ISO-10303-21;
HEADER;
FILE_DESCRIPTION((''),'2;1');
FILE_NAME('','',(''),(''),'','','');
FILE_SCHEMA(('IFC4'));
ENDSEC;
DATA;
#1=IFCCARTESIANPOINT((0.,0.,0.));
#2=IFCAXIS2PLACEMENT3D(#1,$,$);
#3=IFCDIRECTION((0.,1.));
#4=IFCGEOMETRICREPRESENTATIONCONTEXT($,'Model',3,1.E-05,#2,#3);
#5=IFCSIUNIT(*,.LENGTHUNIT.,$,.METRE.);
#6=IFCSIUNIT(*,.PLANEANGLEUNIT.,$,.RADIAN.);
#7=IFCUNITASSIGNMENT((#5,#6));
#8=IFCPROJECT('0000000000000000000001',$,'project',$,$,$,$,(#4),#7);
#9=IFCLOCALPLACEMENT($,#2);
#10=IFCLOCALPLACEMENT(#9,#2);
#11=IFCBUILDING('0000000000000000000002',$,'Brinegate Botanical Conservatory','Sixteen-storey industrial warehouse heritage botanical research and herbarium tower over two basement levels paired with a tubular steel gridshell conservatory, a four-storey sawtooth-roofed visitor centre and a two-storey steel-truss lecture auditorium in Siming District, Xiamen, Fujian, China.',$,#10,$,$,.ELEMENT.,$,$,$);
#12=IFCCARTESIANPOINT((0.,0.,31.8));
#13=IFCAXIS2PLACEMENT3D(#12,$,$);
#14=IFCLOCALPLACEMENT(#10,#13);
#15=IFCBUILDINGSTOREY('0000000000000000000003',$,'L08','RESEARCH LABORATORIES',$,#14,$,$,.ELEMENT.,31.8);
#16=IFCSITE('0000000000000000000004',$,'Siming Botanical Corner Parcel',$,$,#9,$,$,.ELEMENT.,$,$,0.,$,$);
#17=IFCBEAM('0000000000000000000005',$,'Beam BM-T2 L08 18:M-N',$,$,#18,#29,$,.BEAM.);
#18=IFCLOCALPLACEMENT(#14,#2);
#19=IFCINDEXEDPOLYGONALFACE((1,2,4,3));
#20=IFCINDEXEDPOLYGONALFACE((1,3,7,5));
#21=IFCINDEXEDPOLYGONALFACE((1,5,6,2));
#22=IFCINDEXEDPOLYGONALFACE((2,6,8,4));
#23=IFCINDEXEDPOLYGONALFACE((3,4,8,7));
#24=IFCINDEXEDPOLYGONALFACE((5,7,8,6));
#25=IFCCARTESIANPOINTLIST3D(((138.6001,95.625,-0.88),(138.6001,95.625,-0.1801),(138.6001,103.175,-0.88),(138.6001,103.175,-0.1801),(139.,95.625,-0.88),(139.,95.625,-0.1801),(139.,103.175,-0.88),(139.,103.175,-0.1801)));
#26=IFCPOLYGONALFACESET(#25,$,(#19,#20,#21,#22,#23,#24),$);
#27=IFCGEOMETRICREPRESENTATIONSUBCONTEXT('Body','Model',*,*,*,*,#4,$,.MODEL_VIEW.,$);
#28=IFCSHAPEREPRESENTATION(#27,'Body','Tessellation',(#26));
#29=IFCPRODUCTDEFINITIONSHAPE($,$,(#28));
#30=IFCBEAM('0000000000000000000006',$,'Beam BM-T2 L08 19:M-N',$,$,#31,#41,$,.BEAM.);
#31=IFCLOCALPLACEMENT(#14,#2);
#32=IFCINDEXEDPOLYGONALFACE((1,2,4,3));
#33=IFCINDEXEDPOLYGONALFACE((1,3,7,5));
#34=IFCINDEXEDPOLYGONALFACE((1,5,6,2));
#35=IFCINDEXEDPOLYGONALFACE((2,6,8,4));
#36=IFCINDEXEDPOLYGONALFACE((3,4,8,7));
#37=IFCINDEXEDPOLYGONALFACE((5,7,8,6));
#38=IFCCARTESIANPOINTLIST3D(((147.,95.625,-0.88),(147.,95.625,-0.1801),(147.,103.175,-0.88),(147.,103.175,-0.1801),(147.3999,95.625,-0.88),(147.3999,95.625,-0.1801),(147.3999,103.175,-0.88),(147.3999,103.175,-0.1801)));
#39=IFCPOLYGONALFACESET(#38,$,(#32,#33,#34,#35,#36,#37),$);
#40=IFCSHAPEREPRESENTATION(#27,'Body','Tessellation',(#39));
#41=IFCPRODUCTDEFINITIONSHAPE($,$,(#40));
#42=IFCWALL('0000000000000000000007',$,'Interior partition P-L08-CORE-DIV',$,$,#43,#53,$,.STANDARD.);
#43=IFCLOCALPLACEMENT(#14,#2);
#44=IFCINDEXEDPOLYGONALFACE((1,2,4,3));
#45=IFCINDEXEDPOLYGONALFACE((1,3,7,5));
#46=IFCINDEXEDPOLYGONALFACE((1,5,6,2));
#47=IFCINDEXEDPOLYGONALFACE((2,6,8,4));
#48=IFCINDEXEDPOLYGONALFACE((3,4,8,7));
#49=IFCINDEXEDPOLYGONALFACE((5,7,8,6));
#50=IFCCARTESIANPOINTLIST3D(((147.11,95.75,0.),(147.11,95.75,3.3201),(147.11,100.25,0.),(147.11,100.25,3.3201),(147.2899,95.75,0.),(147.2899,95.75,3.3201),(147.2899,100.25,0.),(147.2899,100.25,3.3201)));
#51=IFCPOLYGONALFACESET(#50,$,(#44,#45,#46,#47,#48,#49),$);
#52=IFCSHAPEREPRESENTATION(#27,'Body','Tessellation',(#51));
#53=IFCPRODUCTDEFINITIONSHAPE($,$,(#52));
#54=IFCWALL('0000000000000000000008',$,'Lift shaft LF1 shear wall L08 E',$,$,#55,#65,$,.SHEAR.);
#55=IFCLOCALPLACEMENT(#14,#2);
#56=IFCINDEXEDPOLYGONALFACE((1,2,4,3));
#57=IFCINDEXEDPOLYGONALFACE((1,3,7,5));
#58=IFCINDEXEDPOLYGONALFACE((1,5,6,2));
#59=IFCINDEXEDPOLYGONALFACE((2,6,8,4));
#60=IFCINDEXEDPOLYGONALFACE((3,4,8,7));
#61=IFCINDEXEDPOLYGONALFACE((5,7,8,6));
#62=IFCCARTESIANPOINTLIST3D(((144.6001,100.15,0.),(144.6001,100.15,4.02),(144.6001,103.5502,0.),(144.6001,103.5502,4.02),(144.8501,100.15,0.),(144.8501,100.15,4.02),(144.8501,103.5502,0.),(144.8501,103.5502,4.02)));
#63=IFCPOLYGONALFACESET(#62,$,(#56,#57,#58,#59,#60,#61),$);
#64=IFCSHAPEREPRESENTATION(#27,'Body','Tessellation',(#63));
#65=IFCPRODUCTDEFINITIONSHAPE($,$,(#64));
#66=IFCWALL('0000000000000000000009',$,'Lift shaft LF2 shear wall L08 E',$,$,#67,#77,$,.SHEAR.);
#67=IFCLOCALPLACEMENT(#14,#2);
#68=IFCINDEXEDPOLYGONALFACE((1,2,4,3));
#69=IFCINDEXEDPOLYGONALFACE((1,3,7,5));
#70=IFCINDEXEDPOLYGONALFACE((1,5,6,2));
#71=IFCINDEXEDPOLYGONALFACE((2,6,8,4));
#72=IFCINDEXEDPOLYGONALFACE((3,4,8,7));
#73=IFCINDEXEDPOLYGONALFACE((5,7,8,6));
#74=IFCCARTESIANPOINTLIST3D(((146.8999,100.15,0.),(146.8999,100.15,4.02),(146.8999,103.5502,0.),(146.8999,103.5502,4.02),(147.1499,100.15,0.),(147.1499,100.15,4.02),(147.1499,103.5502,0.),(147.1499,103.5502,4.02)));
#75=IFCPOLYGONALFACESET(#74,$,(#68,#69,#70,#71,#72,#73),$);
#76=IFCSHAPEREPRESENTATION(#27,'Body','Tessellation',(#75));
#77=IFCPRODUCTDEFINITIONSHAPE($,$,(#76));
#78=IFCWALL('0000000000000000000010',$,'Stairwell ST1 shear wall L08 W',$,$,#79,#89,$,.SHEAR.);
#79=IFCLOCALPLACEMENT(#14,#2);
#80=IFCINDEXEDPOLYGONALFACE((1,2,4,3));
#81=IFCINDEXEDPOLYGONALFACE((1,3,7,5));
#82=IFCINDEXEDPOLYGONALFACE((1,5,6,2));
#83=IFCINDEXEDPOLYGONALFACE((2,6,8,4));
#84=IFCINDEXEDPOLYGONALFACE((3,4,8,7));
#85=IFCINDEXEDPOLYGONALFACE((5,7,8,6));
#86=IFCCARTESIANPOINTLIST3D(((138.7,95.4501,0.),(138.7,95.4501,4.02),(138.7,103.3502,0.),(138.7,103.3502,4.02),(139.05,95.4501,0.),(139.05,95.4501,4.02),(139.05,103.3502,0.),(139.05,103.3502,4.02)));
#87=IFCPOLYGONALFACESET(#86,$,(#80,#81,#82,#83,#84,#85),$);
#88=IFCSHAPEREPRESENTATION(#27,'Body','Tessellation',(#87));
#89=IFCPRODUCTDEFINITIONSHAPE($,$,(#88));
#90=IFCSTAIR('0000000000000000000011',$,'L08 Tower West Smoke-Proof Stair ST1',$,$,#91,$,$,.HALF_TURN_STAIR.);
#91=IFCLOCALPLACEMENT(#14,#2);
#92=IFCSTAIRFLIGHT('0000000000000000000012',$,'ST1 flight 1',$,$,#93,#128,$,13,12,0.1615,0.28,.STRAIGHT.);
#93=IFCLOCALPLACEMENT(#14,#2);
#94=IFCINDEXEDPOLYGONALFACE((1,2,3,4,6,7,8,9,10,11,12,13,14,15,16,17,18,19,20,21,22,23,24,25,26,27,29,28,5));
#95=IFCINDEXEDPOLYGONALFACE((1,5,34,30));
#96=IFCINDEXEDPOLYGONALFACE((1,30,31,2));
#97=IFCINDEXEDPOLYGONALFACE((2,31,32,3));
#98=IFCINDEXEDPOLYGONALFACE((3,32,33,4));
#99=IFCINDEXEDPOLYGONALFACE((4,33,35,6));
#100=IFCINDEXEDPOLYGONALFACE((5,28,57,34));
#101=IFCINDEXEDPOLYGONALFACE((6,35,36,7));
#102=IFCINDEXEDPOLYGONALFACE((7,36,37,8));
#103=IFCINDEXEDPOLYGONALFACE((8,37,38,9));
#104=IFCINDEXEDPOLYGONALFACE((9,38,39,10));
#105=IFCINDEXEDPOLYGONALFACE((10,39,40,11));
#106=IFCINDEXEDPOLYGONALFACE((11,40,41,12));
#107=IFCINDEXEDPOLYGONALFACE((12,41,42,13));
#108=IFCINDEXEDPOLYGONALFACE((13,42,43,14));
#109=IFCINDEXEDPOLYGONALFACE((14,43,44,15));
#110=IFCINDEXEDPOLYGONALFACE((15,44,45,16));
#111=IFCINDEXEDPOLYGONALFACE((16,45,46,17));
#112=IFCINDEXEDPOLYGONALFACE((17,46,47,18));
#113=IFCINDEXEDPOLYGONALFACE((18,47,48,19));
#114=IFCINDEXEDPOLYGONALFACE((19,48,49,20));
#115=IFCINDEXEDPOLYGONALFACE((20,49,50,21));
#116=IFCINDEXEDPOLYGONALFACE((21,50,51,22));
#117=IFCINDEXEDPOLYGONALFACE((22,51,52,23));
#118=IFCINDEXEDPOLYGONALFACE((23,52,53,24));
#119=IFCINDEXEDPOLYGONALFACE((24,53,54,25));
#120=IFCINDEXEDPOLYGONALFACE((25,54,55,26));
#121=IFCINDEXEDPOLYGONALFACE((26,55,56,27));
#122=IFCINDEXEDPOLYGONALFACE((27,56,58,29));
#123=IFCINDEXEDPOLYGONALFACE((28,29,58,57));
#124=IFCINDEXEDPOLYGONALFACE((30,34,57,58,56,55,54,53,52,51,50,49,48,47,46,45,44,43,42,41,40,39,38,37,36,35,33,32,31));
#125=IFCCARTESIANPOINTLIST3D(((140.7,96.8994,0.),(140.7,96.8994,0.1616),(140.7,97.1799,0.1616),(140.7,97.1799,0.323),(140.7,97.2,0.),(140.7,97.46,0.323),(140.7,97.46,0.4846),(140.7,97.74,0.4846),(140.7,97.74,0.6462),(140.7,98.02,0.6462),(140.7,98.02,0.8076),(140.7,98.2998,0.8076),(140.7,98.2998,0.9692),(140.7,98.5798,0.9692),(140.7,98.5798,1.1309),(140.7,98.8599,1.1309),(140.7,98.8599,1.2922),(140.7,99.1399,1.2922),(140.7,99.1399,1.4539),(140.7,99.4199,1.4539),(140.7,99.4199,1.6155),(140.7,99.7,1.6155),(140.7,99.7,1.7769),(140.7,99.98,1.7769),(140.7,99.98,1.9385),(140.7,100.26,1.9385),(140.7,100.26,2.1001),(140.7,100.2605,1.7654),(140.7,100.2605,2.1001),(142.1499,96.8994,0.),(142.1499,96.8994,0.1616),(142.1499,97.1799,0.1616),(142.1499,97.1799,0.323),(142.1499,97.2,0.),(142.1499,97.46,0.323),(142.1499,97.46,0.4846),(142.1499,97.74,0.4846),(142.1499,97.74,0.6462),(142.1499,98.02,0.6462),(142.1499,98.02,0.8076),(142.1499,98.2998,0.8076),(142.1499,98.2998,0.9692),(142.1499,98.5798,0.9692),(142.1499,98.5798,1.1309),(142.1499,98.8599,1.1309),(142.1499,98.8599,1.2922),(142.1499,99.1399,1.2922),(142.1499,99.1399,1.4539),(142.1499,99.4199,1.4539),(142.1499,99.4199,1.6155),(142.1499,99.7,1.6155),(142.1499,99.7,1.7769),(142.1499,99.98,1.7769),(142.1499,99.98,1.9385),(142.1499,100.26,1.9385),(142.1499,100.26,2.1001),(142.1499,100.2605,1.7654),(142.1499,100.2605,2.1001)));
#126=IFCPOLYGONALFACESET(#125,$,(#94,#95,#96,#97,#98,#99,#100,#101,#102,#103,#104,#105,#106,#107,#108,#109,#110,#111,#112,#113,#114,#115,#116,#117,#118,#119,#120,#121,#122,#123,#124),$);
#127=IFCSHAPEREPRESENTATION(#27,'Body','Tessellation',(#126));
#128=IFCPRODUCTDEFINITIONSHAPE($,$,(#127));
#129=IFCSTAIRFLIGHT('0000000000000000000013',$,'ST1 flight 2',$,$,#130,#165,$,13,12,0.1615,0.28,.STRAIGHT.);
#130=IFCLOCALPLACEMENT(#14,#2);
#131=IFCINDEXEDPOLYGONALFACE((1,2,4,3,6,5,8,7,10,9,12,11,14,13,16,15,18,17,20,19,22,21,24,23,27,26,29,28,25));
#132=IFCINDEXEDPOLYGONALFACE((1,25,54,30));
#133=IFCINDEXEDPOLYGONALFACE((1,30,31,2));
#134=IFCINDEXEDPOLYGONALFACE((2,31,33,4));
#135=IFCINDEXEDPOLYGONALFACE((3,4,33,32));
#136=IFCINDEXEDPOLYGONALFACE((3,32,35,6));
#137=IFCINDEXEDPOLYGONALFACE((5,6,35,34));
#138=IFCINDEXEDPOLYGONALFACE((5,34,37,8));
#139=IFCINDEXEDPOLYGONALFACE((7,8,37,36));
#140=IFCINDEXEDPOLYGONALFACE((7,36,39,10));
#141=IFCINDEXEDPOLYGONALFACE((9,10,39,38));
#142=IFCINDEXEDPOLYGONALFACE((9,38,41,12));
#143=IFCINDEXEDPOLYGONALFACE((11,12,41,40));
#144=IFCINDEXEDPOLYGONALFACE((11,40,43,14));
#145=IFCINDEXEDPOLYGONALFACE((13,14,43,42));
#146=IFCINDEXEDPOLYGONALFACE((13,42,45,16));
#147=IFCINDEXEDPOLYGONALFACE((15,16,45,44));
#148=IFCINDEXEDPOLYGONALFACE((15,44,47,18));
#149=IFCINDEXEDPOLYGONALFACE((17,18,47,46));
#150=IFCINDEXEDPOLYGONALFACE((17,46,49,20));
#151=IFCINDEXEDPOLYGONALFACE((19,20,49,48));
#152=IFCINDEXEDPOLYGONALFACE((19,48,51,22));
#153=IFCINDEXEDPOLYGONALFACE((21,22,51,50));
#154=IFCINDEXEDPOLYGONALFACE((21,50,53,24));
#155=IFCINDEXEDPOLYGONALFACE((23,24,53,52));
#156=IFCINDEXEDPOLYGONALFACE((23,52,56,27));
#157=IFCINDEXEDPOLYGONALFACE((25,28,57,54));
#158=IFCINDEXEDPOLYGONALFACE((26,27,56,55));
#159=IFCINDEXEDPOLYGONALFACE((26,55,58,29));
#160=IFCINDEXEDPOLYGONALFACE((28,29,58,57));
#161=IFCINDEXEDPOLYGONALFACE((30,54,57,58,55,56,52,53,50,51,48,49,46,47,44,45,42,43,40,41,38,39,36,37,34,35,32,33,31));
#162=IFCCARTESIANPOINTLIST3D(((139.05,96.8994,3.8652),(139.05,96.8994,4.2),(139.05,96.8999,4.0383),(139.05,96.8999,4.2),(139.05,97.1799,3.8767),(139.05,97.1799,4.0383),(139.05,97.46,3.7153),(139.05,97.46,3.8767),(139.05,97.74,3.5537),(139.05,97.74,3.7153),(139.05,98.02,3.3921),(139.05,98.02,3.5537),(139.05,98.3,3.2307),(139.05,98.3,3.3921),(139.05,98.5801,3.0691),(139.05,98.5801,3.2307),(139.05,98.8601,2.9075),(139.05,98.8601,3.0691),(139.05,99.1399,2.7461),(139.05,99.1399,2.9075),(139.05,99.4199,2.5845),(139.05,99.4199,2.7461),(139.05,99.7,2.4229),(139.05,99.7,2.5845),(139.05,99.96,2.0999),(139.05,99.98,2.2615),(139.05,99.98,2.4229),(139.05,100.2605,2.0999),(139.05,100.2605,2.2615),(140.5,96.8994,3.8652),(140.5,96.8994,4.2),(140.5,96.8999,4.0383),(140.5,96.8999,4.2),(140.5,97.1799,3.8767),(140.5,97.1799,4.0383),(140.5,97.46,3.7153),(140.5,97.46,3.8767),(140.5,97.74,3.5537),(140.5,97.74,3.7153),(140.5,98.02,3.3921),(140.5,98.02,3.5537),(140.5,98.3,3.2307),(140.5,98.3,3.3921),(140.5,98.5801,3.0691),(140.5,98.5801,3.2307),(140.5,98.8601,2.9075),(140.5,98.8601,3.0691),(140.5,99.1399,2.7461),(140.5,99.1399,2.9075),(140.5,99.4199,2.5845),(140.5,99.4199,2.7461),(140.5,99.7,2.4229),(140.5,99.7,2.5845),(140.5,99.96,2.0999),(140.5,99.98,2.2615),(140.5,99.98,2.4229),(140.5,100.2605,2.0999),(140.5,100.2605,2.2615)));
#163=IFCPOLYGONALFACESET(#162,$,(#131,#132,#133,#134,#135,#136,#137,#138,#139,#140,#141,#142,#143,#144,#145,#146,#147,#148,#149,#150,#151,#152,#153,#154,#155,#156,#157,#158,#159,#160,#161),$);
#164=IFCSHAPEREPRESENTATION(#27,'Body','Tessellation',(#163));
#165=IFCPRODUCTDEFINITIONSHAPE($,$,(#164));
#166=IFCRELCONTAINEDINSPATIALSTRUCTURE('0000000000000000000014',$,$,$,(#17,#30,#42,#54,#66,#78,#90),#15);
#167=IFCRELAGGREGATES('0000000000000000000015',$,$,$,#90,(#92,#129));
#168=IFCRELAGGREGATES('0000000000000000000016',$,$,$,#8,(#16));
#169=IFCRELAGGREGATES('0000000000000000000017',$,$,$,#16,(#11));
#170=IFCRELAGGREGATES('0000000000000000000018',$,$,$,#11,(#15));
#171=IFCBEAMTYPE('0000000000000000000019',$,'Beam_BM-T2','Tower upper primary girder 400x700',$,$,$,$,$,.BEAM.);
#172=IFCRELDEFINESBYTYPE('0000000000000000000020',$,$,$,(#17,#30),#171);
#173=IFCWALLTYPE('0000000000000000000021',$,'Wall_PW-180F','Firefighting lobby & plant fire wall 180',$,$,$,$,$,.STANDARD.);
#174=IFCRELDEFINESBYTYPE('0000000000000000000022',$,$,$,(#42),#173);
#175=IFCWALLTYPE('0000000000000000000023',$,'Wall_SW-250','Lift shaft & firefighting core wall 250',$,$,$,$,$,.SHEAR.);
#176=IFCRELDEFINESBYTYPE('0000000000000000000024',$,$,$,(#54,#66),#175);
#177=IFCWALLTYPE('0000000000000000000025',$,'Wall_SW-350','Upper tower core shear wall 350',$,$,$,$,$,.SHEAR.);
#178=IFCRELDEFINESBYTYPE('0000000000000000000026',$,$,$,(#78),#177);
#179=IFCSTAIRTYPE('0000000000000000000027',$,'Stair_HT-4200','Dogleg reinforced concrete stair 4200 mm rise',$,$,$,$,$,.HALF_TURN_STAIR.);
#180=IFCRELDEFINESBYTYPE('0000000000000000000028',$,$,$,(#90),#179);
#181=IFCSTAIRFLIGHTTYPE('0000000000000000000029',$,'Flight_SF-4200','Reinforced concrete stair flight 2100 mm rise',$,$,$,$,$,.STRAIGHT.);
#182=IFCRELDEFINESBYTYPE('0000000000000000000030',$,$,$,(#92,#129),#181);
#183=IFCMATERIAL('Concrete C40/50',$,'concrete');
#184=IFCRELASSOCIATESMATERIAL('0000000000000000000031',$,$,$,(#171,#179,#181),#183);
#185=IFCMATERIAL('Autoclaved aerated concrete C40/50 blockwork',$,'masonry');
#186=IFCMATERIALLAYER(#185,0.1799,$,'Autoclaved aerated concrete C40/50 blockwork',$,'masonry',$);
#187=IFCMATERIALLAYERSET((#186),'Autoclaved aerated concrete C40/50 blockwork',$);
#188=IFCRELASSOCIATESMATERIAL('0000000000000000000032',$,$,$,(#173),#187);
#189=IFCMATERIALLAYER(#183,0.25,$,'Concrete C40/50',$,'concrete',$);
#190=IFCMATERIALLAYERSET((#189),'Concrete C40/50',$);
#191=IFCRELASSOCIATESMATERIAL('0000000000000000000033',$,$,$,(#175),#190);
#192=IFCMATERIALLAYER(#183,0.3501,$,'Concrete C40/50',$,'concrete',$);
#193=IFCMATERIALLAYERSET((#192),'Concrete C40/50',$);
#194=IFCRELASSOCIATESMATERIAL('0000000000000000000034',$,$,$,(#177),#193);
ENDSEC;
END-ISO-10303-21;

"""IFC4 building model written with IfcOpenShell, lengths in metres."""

from ifc_helpers import new_model, si_unit, direction, frame, frame_2d, origin, origin_2d, place, context, subcontext, project, spatial, polyline, rectangle, outline, extrude, material, layer, layer_set, material_profile, profile_set, type_object, element, aggregate, save


model = new_model("IFC4")

# Units and contexts
model_context = context("Model", 3, precision=1e-05, world=origin(), true_north=direction((0.0, 1.0)))
body_context = subcontext(model_context, "Body", "Model", "MODEL_VIEW")
ifc_project = project(units=[si_unit("LENGTHUNIT", "METRE"), si_unit("PLANEANGLEUNIT", "RADIAN")], contexts=[model_context])

# Site, building, storey
site_placement = place(None, origin())
site = spatial("IfcSite", under=ifc_project, at=site_placement, Name="Siming Botanical Corner Parcel", CompositionType="ELEMENT", RefElevation=0.0)
building_placement = place(site_placement, origin())
building = spatial("IfcBuilding", under=site, at=building_placement, Name="Brinegate Botanical Conservatory", Description="Sixteen-storey industrial warehouse heritage botanical research and herbarium tower over two basement levels paired with a tubular steel gridshell conservatory, a four-storey sawtooth-roofed visitor centre and a two-storey steel-truss lecture auditorium in Siming District, Xiamen, Fujian, China.", CompositionType="ELEMENT")
storey_placement = place(building_placement, frame((0.0, 0.0, 31.8)))
storey = spatial("IfcBuildingStorey", under=building, at=storey_placement, Name="L08", Description="RESEARCH LABORATORIES", CompositionType="ELEMENT", Elevation=31.8)

# Beams
ifc_material_1 = material(Name="Concrete C40/50", Category="concrete")
ifc_material_profile = material_profile(ifc_material_1, rectangle(XDim=0.3999, YDim=0.7, at=origin_2d()), Name="RC BM 400x700")
ifc_profile_set = profile_set([ifc_material_profile], Name="Concrete C40/50")
beam_type = type_object("IfcBeamType", Name="Beam_BM-T2", Description="Tower upper primary girder 400x700", PredefinedType="BEAM", material=ifc_profile_set)
for number, where, z_axis, x_axis, name in (
    (1, (138.8, 95.625, -0.53), (0.0, 1.0, 0.0), (-1.0, 0.0, 0.0), "Beam BM-T2 L08 18:M-N"),
    (2, (147.2, 95.625, -0.53), (0.0, 1.0, 0.0), (-1.0, 0.0, 0.0), "Beam BM-T2 L08 19:M-N"),
):
    element("IfcBeam", number, at=place(storey_placement, frame(where, z_axis=z_axis, x_axis=x_axis)), inside=storey, type_object=beam_type, Name=name, PredefinedType="BEAM", context=body_context, shape_type="SweptSolid", body=[
        extrude(rectangle(XDim=0.3999, YDim=0.7, at=origin_2d()), origin(), (0.0, 0.0, 1.0), 7.55),
    ])

# Wall
ifc_material_2 = material(Name="Autoclaved aerated concrete C40/50 blockwork", Category="masonry")
ifc_layer_1 = layer(ifc_material_2, 0.1799, Name="Autoclaved aerated concrete C40/50 blockwork", Category="masonry")
ifc_layer_set_1 = layer_set([ifc_layer_1], Name="Autoclaved aerated concrete C40/50 blockwork")
wall_type_1 = type_object("IfcWallType", Name="Wall_PW-180F", Description="Firefighting lobby & plant fire wall 180", PredefinedType="STANDARD", material=ifc_layer_set_1)
wall_1_placement = place(storey_placement, frame((147.2, 95.75, 0.0), z_axis=(0.0, 0.0, 1.0), x_axis=(0.0, 1.0, 0.0)))
element("IfcWall", 3, at=wall_1_placement, inside=storey, type_object=wall_type_1, Name="Interior partition P-L08-CORE-DIV", PredefinedType="STANDARD", context=body_context, shape_type="SweptSolid", body=[
    extrude(rectangle(XDim=4.5, YDim=0.1799, at=frame_2d((2.25, 0.0))), origin(), (0.0, 0.0, 1.0), 3.3201),
])

# Shared definitions
ifc_layer_2 = layer(ifc_material_1, 0.25, Name="Concrete C40/50", Category="concrete")
ifc_layer_set_2 = layer_set([ifc_layer_2], Name="Concrete C40/50")
wall_type_2 = type_object("IfcWallType", Name="Wall_SW-250", Description="Lift shaft & firefighting core wall 250", PredefinedType="SHEAR", material=ifc_layer_set_2)

# Wall
wall_2_placement = place(storey_placement, frame((144.7251, 100.1499, 0.0), z_axis=(0.0, 0.0, 1.0), x_axis=(0.0, 1.0, 0.0)))
element("IfcWall", 4, at=wall_2_placement, inside=storey, type_object=wall_type_2, Name="Lift shaft LF1 shear wall L08 E", PredefinedType="SHEAR", context=body_context, shape_type="SweptSolid", body=[
    extrude(rectangle(XDim=3.4001, YDim=0.25, at=frame_2d((1.7002, 0.0))), origin(), (0.0, 0.0, 1.0), 4.02),
])

# Walls
wall_3_placement = place(storey_placement, frame((147.0249, 100.1499, 0.0), z_axis=(0.0, 0.0, 1.0), x_axis=(0.0, 1.0, 0.0)))
element("IfcWall", 5, at=wall_3_placement, inside=storey, type_object=wall_type_2, Name="Lift shaft LF2 shear wall L08 E", PredefinedType="SHEAR", context=body_context, shape_type="SweptSolid", body=[
    extrude(rectangle(XDim=3.4001, YDim=0.25, at=frame_2d((1.7002, 0.0))), origin(), (0.0, 0.0, 1.0), 4.02),
])
ifc_layer_3 = layer(ifc_material_1, 0.3501, Name="Concrete C40/50", Category="concrete")
ifc_layer_set_3 = layer_set([ifc_layer_3], Name="Concrete C40/50")
wall_type_3 = type_object("IfcWallType", Name="Wall_SW-350", Description="Upper tower core shear wall 350", PredefinedType="SHEAR", material=ifc_layer_set_3)
wall_4_placement = place(storey_placement, frame((138.875, 95.45, 0.0), z_axis=(0.0, 0.0, 1.0), x_axis=(0.0, 1.0, 0.0)))
element("IfcWall", 6, at=wall_4_placement, inside=storey, type_object=wall_type_3, Name="Stairwell ST1 shear wall L08 W", PredefinedType="SHEAR", context=body_context, shape_type="SweptSolid", body=[
    extrude(rectangle(XDim=7.9001, YDim=0.3501, at=frame_2d((3.9502, 0.0))), origin(), (0.0, 0.0, 1.0), 4.02),
])

# Stair, stair flights
stair_type = type_object("IfcStairType", Name="Stair_HT-4200", Description="Dogleg reinforced concrete stair 4200 mm rise", PredefinedType="HALF_TURN_STAIR", material=ifc_material_1)
stair_placement = place(storey_placement, origin())
stair = element("IfcStair", 7, at=stair_placement, inside=storey, type_object=stair_type, Name="L08 Tower West Smoke-Proof Stair ST1", PredefinedType="HALF_TURN_STAIR")
stair_flight_type = type_object("IfcStairFlightType", Name="Flight_SF-4200", Description="Reinforced concrete stair flight 2100 mm rise", PredefinedType="STRAIGHT", material=ifc_material_1)
stair_flight_1_placement = place(storey_placement, frame((141.425, 96.8999, 0.0), z_axis=(0.0, 0.0, 1.0), x_axis=(0.0, 1.0, 0.0)))
stair_flight_1 = element("IfcStairFlight", 8, at=stair_flight_1_placement, type_object=stair_flight_type, Name="ST1 flight 1", NumberOfRisers=13, NumberOfTreads=12, PredefinedType="STRAIGHT", RiserHeight=0.1615, TreadLength=0.28, context=body_context, shape_type="SweptSolid", body=[
    extrude(outline(polyline([(-0.0005, 0.0), (-0.0005, 0.1616), (0.28, 0.1616), (0.28, 0.323), (0.5601, 0.323), (0.5601, 0.4846), (0.8401, 0.4846), (0.8401, 0.6462), (1.1201, 0.6462), (1.1201, 0.8076), (1.3999, 0.8076), (1.3999, 0.9692), (1.6799, 0.9692), (1.6799, 1.1309), (1.96, 1.1309), (1.96, 1.2922), (2.24, 1.2922), (2.24, 1.4539), (2.52, 1.4539), (2.52, 1.6155), (2.8, 1.6155), (2.8, 1.7769), (3.0801, 1.7769), (3.0801, 1.9385), (3.3601, 1.9385), (3.3601, 2.1001), (3.3606, 2.1001), (3.3606, 1.7654), (0.3, 0.0), (-0.0005, 0.0)])), frame((0.0, 0.7251, 0.0), z_axis=(0.0, -1.0, 0.0), x_axis=(1.0, 0.0, 0.0)), (0.0, 0.0, 1.0), 1.45),
])
stair_flight_2_placement = place(storey_placement, frame((139.7749, 100.26, 2.0999), z_axis=(0.0, 0.0, 1.0), x_axis=(0.0, -1.0, 0.0)))
stair_flight_2 = element("IfcStairFlight", 9, at=stair_flight_2_placement, type_object=stair_flight_type, Name="ST1 flight 2", NumberOfRisers=13, NumberOfTreads=12, PredefinedType="STRAIGHT", RiserHeight=0.1615, TreadLength=0.28, context=body_context, shape_type="SweptSolid", body=[
    extrude(outline(polyline([(-0.0005, 0.0), (-0.0005, 0.1616), (0.28, 0.1616), (0.28, 0.323), (0.5601, 0.323), (0.5601, 0.4846), (0.8401, 0.4846), (0.8401, 0.6462), (1.1201, 0.6462), (1.1201, 0.8076), (1.3999, 0.8076), (1.3999, 0.9692), (1.6799, 0.9692), (1.6799, 1.1309), (1.96, 1.1309), (1.96, 1.2922), (2.24, 1.2922), (2.24, 1.4539), (2.52, 1.4539), (2.52, 1.6155), (2.8, 1.6155), (2.8, 1.7769), (3.0801, 1.7769), (3.0801, 1.9385), (3.3601, 1.9385), (3.3601, 2.1001), (3.3606, 2.1001), (3.3606, 1.7654), (0.3, 0.0), (-0.0005, 0.0)])), frame((0.0, 0.7251, 0.0), z_axis=(0.0, -1.0, 0.0), x_axis=(1.0, 0.0, 0.0)), (0.0, 0.0, 1.0), 1.45),
])
aggregate(stair, [stair_flight_1, stair_flight_2])

save(model, "model.ifc")
